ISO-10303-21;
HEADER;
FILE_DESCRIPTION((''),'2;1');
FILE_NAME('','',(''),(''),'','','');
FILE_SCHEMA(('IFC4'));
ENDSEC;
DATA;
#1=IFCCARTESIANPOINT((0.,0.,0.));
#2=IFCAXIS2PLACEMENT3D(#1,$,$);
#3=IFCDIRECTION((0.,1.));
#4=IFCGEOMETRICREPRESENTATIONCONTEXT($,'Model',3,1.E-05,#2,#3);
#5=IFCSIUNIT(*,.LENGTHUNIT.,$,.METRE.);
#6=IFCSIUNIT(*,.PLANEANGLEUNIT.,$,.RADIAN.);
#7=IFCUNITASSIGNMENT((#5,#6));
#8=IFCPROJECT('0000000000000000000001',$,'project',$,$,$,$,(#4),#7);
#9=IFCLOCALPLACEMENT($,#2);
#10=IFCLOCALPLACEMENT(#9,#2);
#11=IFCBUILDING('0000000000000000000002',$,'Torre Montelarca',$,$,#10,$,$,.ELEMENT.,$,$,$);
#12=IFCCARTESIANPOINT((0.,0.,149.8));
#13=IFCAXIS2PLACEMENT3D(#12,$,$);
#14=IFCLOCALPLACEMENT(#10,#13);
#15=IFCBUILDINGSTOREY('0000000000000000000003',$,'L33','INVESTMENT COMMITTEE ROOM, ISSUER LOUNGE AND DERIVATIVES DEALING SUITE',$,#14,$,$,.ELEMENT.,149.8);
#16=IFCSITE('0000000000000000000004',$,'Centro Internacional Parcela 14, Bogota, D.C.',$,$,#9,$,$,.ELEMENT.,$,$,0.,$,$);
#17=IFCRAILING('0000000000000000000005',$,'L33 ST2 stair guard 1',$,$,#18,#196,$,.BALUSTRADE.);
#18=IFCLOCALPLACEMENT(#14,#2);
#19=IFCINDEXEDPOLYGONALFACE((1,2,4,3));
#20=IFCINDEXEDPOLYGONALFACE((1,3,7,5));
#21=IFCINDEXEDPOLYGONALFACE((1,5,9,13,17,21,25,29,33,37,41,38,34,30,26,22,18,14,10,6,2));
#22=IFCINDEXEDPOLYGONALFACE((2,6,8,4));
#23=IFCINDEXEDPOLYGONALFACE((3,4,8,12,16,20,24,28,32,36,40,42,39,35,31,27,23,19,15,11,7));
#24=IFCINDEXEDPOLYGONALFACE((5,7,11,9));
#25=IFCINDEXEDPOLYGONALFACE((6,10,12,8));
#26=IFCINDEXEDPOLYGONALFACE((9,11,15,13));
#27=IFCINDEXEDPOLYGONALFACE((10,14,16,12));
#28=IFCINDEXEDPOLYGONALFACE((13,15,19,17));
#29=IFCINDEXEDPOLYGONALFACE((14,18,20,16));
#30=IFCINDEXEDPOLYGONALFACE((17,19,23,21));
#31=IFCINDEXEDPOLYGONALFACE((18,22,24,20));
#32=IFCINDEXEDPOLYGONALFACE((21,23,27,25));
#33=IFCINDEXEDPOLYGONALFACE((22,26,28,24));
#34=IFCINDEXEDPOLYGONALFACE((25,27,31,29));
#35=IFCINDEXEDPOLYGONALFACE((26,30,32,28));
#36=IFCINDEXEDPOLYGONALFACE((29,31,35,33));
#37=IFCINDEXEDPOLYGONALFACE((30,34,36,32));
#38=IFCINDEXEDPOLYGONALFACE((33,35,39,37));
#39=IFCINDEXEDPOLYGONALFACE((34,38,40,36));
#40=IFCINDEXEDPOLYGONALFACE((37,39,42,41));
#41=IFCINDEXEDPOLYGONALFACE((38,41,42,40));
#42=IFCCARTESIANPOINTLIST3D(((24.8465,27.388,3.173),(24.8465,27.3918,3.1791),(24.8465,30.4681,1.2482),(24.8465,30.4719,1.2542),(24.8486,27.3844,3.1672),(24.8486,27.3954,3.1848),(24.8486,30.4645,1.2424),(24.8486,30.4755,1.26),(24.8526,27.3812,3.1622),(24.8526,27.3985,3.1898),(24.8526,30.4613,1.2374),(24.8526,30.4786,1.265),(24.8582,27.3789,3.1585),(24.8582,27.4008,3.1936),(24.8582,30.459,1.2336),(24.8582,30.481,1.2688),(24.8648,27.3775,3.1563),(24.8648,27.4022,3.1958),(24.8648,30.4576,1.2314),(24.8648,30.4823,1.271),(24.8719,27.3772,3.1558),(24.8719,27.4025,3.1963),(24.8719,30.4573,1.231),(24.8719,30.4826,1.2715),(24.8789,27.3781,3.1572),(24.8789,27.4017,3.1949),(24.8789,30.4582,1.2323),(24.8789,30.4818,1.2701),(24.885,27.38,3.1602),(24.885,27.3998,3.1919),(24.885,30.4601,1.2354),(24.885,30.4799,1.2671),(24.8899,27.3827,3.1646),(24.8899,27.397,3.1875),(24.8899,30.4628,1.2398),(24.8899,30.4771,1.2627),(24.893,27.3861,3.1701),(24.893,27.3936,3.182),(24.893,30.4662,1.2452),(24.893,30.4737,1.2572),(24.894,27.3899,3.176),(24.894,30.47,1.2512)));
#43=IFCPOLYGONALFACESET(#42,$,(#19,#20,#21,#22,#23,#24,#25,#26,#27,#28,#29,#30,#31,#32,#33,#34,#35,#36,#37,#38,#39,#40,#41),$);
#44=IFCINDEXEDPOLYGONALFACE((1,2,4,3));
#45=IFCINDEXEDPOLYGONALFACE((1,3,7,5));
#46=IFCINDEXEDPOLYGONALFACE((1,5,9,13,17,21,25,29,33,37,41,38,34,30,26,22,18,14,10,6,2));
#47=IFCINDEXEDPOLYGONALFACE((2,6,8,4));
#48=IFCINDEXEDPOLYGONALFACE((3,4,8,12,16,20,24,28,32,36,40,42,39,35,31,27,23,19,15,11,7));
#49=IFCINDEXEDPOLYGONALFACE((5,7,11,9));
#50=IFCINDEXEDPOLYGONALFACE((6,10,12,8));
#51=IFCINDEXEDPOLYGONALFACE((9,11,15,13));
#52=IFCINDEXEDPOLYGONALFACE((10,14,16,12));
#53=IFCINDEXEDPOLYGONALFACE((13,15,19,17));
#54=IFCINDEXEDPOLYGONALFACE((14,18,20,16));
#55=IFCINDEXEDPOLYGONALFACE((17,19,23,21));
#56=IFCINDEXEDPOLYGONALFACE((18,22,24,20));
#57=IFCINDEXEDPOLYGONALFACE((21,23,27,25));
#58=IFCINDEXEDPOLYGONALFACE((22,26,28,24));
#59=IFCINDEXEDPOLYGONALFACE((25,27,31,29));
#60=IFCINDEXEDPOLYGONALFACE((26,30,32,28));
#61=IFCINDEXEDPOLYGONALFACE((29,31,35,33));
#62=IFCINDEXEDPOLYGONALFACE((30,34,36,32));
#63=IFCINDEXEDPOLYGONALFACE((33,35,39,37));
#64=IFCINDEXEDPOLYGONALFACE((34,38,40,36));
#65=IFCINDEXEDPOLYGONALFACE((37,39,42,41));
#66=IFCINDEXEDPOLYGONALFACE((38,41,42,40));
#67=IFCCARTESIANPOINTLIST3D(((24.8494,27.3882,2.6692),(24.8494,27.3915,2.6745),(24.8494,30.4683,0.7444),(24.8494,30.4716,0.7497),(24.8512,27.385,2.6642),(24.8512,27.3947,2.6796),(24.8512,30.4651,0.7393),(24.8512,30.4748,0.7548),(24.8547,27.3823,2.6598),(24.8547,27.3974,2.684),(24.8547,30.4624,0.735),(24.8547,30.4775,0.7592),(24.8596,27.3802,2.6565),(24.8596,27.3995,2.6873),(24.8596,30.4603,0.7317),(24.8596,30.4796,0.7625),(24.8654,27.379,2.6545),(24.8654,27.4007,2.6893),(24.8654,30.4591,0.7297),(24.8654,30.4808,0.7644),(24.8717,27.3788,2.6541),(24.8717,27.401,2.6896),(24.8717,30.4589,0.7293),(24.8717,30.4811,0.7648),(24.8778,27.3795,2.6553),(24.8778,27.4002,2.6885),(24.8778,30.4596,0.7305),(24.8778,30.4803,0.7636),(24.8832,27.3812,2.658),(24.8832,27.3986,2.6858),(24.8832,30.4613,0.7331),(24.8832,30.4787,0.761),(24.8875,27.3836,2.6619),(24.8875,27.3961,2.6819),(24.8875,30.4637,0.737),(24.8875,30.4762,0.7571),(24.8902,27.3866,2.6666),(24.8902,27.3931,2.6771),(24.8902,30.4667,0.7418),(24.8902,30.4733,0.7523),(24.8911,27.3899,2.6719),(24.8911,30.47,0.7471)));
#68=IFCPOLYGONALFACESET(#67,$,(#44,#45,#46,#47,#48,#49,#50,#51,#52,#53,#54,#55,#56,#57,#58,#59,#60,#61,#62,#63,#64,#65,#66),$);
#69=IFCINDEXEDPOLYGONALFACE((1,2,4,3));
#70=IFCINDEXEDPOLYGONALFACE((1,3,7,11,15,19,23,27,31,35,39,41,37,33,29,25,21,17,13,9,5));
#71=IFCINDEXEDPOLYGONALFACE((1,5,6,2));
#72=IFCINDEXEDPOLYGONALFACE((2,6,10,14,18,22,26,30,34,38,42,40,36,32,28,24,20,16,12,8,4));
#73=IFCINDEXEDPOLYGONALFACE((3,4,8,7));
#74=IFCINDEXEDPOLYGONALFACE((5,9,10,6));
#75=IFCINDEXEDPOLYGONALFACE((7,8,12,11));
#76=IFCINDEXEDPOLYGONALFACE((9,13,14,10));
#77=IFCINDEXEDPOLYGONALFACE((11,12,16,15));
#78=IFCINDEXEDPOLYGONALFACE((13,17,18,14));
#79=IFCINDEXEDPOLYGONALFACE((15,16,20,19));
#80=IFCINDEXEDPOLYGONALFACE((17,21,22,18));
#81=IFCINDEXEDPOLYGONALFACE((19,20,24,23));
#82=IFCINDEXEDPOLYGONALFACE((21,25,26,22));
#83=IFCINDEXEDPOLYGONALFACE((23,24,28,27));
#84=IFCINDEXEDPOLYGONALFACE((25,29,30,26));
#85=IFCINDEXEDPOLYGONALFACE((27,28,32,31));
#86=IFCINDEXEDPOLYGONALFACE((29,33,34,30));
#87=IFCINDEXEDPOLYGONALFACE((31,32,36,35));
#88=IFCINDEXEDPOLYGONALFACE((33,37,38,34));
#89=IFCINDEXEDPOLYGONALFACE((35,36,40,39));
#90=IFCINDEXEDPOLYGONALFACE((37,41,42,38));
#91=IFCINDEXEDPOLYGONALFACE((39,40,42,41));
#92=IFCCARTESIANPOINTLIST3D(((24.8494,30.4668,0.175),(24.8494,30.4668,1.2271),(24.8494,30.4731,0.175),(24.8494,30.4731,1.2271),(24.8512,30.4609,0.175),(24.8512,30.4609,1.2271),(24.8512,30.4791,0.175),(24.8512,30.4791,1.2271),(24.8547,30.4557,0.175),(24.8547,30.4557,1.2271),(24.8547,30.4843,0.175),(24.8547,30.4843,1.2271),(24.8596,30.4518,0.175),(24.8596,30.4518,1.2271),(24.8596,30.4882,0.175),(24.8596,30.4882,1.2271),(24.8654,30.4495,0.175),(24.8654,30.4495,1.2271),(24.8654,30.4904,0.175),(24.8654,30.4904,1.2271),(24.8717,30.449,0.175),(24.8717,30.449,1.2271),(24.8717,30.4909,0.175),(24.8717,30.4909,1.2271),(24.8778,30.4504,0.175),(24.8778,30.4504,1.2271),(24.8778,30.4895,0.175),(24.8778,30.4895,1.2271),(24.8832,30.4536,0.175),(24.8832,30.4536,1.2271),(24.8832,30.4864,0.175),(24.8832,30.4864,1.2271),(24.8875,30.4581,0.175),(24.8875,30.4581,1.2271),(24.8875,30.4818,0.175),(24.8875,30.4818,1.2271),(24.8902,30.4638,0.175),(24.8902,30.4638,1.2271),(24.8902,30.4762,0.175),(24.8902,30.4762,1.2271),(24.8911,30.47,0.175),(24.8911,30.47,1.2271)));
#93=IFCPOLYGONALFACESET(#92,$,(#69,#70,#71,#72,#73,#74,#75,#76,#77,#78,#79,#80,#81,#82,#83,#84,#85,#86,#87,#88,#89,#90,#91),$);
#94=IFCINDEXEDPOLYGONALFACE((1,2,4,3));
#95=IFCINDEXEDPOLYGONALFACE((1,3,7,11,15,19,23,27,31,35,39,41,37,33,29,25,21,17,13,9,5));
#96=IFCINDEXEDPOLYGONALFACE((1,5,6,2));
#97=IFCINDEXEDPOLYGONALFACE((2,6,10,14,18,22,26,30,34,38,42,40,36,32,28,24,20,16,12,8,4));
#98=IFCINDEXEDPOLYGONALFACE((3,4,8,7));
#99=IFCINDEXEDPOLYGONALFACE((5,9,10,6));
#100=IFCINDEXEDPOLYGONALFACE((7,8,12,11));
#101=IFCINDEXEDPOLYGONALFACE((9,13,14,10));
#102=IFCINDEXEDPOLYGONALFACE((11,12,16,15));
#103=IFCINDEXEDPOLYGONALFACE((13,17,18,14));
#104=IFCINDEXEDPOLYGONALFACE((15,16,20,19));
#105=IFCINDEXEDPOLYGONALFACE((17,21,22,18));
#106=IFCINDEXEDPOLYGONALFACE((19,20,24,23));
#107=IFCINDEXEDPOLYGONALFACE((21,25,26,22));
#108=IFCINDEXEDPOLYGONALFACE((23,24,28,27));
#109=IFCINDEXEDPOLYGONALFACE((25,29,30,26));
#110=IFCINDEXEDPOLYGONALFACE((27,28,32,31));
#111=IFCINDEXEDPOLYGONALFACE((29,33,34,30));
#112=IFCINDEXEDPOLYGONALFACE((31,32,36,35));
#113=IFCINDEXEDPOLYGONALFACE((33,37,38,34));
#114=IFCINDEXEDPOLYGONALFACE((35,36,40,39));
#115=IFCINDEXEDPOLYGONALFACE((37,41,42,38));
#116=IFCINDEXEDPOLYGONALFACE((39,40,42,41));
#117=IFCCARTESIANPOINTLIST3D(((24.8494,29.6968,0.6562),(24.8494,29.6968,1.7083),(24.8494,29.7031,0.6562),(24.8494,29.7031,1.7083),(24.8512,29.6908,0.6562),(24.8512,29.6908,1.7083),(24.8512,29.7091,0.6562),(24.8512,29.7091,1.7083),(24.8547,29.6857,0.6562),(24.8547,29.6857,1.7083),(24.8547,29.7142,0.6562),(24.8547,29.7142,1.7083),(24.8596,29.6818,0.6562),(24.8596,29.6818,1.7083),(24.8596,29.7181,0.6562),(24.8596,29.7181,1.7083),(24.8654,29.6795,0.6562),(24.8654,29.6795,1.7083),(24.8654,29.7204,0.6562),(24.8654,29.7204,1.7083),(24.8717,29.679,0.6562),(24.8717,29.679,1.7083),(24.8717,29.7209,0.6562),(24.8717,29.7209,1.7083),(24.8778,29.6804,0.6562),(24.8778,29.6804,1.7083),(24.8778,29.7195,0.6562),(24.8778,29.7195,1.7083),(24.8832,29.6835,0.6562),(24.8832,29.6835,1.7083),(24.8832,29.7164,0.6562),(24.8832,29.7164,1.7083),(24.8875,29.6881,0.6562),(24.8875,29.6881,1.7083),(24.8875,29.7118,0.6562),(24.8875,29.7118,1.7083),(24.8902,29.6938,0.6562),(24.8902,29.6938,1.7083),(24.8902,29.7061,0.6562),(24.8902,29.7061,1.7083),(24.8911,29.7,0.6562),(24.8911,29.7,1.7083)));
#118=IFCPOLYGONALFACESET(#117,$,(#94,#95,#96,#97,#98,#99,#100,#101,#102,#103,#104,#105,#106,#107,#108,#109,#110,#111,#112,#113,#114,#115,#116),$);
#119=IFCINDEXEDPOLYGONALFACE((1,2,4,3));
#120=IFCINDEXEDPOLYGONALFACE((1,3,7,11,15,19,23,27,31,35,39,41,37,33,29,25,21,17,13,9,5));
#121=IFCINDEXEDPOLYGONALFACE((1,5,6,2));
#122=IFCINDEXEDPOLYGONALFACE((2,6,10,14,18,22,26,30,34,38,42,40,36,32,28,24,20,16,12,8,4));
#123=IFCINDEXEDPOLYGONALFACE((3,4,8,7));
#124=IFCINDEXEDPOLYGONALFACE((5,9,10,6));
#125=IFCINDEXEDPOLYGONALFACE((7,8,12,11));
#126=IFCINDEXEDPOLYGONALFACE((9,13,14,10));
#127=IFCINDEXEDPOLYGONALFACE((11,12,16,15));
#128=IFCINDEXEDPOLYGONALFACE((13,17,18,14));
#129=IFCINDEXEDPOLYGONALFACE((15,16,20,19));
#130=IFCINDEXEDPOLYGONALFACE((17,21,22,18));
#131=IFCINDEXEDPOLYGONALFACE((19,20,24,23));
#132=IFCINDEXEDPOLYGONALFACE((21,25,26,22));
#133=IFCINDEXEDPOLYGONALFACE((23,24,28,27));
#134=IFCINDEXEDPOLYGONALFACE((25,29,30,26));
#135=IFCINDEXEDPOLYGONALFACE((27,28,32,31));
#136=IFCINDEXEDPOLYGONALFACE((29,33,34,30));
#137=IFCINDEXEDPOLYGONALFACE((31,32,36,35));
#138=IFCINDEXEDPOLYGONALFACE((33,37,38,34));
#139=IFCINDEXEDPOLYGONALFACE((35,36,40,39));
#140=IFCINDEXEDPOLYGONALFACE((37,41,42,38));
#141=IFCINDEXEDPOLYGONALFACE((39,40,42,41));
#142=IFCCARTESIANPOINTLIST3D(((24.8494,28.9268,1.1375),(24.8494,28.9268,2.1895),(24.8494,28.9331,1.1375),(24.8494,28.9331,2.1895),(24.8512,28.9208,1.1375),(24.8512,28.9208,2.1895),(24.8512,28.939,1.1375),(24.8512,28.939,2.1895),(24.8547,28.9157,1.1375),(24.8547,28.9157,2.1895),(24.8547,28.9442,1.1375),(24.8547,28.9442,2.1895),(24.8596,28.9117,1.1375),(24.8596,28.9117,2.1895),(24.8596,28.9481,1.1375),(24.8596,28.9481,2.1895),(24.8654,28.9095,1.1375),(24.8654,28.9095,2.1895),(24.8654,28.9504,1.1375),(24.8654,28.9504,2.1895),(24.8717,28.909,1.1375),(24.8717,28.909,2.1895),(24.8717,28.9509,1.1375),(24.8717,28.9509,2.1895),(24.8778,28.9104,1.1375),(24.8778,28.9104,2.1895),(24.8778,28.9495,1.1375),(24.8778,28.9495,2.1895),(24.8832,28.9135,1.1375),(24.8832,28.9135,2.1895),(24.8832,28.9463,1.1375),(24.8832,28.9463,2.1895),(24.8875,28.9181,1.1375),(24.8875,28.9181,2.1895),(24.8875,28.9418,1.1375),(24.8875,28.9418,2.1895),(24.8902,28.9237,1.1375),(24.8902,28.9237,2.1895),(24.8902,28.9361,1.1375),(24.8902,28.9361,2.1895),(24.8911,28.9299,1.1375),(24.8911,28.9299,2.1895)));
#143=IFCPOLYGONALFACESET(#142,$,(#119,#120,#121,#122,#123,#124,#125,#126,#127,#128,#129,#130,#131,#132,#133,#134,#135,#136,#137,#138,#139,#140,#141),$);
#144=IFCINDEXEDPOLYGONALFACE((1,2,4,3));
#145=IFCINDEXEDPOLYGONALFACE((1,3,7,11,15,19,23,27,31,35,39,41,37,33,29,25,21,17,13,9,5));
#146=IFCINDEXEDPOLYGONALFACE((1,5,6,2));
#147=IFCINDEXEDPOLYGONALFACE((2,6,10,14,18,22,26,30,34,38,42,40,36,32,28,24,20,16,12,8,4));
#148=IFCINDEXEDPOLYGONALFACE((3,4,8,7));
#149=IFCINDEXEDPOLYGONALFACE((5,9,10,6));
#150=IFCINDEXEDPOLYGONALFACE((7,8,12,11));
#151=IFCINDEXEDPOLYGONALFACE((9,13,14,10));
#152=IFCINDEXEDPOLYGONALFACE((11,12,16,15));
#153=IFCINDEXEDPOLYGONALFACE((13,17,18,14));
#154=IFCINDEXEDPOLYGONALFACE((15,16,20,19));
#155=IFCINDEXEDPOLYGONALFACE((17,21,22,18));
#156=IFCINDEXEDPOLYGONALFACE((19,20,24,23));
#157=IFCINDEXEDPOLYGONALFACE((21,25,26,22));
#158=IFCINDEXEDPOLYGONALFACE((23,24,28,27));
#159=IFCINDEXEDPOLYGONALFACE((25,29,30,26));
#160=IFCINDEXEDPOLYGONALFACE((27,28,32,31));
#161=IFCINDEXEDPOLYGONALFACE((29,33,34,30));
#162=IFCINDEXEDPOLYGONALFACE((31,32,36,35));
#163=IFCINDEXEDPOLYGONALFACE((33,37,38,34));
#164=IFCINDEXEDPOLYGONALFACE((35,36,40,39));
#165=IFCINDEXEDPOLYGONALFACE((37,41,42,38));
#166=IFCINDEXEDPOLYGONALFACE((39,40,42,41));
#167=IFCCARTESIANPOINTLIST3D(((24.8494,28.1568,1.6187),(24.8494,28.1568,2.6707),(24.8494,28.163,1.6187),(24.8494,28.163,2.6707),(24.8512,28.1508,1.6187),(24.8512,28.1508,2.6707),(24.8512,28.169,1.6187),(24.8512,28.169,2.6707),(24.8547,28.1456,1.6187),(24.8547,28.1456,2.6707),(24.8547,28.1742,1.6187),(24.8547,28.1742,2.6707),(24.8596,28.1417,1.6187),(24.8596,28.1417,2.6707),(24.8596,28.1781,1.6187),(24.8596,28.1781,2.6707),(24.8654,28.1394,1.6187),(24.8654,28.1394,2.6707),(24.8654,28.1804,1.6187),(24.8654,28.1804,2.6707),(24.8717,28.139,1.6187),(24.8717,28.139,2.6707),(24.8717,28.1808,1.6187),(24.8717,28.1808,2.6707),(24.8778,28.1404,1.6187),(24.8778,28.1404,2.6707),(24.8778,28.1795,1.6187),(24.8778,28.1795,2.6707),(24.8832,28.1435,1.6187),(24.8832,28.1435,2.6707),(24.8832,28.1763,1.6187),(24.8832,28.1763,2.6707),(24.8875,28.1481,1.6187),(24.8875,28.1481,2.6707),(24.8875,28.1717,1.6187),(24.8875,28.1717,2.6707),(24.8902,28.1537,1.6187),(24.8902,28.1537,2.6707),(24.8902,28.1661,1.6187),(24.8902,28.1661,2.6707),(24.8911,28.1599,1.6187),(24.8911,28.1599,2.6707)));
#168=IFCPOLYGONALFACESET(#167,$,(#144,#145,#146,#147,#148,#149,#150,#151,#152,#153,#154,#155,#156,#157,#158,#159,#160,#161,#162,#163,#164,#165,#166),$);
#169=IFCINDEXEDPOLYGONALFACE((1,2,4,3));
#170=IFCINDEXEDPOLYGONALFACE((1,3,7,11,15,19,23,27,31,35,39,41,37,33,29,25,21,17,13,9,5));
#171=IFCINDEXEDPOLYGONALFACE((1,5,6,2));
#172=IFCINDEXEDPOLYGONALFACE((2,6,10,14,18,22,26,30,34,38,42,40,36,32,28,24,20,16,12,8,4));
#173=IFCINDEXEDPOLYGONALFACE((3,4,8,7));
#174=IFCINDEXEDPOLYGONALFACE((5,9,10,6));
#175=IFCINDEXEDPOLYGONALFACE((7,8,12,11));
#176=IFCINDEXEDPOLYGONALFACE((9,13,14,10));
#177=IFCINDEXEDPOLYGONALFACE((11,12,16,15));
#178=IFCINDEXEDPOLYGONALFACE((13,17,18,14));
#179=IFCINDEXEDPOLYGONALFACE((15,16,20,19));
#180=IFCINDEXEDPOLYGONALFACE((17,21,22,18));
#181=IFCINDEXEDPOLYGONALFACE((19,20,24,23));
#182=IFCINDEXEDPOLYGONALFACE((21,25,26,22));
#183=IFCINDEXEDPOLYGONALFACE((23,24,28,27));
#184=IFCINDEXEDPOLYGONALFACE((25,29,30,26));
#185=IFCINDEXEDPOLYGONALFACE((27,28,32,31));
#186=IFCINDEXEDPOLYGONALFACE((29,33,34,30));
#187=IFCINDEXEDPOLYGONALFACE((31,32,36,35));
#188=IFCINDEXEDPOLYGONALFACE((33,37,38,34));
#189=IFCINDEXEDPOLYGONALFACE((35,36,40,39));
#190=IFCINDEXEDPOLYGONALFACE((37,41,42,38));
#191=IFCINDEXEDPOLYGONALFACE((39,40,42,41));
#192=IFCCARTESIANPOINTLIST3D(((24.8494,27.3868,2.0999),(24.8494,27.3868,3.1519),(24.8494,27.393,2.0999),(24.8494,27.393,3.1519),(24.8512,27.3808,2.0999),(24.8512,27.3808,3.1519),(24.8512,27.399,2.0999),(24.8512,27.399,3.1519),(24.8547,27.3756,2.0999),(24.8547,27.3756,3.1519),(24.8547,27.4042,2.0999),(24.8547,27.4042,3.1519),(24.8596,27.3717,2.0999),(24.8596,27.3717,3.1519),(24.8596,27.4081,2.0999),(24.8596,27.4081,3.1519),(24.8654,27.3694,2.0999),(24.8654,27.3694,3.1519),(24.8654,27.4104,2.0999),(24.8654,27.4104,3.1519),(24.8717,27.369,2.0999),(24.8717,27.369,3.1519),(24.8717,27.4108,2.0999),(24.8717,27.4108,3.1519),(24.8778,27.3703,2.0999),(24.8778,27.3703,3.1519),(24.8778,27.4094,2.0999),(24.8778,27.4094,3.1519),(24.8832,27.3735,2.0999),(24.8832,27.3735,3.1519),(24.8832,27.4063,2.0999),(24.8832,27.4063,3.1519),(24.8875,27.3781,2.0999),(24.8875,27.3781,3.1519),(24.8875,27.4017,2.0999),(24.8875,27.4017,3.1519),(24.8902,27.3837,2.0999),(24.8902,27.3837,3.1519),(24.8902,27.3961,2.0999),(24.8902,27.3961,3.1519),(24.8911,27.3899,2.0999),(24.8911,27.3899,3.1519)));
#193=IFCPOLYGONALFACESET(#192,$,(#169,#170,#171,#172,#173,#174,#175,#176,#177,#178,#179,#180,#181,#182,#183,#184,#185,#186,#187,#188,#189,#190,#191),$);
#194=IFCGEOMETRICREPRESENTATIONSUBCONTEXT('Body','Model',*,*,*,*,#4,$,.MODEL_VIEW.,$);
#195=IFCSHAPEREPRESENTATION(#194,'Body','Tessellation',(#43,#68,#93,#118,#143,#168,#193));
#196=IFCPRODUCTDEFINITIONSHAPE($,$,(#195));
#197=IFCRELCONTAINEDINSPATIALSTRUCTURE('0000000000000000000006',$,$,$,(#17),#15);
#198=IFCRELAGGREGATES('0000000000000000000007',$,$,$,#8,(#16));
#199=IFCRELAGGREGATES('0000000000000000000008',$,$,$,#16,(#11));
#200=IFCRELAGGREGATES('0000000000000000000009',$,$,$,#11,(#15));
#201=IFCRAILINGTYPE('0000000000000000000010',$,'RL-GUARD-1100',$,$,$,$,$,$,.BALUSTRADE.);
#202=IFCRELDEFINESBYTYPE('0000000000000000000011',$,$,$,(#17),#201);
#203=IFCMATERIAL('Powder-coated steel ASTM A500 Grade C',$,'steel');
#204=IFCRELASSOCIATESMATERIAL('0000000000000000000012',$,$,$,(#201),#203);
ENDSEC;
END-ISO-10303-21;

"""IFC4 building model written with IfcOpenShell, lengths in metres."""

from ifc_helpers import new_model, si_unit, direction, frame, origin, origin_2d, place, context, subcontext, project, spatial, circle, extrude, material, type_object, element, save


model = new_model("IFC4")

# Units and contexts
model_context = context("Model", 3, precision=1e-05, world=origin(), true_north=direction((0.0, 1.0)))
body_context = subcontext(model_context, "Body", "Model", "MODEL_VIEW")
ifc_project = project(units=[si_unit("LENGTHUNIT", "METRE"), si_unit("PLANEANGLEUNIT", "RADIAN")], contexts=[model_context])

# Site, building, storey
site_placement = place(None, origin())
site = spatial("IfcSite", under=ifc_project, at=site_placement, Name="Centro Internacional Parcela 14, Bogota, D.C.", CompositionType="ELEMENT", RefElevation=0.0)
building_placement = place(site_placement, origin())
building = spatial("IfcBuilding", under=site, at=building_placement, Name="Torre Montelarca", CompositionType="ELEMENT")
storey_placement = place(building_placement, frame((0.0, 0.0, 149.8)))
storey = spatial("IfcBuildingStorey", under=building, at=storey_placement, Name="L33", Description="INVESTMENT COMMITTEE ROOM, ISSUER LOUNGE AND DERIVATIVES DEALING SUITE", CompositionType="ELEMENT", Elevation=149.8)

# Railing
ifc_material_1 = material(Name="Powder-coated steel ASTM A500 Grade C", Category="steel")
railing_type_1 = type_object("IfcRailingType", Name="RL-GUARD-1100", PredefinedType="BALUSTRADE", material=ifc_material_1)
railing_1_placement = place(storey_placement, frame((24.8701, 30.47, 0.175)))
element("IfcRailing", 1, at=railing_1_placement, inside=storey, type_object=railing_type_1, Name="L33 ST2 stair guard 1", PredefinedType="BALUSTRADE", context=body_context, shape_type="SweptSolid", body=[
    extrude(circle(Radius=0.0239, at=origin_2d()), frame((0.0, 0.0, 1.0762), z_axis=(0.0, -0.848029, 0.529951), x_axis=(1.0, 0.0, 0.0)), (0.0, 0.0, 1.0), 3.6321),
    extrude(circle(Radius=0.021, at=origin_2d()), frame((0.0, 0.0, 0.572), z_axis=(0.0, -0.848029, 0.529951), x_axis=(1.0, 0.0, 0.0)), (0.0, 0.0, 1.0), 3.6321),
    extrude(circle(Radius=0.021, at=origin_2d()), origin(), (0.0, 0.0, 1.0), 1.052),
    extrude(circle(Radius=0.021, at=origin_2d()), frame((0.0, -0.77, 0.4812)), (0.0, 0.0, 1.0), 1.052),
    extrude(circle(Radius=0.021, at=origin_2d()), frame((0.0, -1.54, 0.9624)), (0.0, 0.0, 1.0), 1.052),
    extrude(circle(Radius=0.021, at=origin_2d()), frame((0.0, -2.3101, 1.4436)), (0.0, 0.0, 1.0), 1.052),
    extrude(circle(Radius=0.021, at=origin_2d()), frame((0.0, -3.0801, 1.9248)), (0.0, 0.0, 1.0), 1.052),
])

save(model, "model.ifc")
